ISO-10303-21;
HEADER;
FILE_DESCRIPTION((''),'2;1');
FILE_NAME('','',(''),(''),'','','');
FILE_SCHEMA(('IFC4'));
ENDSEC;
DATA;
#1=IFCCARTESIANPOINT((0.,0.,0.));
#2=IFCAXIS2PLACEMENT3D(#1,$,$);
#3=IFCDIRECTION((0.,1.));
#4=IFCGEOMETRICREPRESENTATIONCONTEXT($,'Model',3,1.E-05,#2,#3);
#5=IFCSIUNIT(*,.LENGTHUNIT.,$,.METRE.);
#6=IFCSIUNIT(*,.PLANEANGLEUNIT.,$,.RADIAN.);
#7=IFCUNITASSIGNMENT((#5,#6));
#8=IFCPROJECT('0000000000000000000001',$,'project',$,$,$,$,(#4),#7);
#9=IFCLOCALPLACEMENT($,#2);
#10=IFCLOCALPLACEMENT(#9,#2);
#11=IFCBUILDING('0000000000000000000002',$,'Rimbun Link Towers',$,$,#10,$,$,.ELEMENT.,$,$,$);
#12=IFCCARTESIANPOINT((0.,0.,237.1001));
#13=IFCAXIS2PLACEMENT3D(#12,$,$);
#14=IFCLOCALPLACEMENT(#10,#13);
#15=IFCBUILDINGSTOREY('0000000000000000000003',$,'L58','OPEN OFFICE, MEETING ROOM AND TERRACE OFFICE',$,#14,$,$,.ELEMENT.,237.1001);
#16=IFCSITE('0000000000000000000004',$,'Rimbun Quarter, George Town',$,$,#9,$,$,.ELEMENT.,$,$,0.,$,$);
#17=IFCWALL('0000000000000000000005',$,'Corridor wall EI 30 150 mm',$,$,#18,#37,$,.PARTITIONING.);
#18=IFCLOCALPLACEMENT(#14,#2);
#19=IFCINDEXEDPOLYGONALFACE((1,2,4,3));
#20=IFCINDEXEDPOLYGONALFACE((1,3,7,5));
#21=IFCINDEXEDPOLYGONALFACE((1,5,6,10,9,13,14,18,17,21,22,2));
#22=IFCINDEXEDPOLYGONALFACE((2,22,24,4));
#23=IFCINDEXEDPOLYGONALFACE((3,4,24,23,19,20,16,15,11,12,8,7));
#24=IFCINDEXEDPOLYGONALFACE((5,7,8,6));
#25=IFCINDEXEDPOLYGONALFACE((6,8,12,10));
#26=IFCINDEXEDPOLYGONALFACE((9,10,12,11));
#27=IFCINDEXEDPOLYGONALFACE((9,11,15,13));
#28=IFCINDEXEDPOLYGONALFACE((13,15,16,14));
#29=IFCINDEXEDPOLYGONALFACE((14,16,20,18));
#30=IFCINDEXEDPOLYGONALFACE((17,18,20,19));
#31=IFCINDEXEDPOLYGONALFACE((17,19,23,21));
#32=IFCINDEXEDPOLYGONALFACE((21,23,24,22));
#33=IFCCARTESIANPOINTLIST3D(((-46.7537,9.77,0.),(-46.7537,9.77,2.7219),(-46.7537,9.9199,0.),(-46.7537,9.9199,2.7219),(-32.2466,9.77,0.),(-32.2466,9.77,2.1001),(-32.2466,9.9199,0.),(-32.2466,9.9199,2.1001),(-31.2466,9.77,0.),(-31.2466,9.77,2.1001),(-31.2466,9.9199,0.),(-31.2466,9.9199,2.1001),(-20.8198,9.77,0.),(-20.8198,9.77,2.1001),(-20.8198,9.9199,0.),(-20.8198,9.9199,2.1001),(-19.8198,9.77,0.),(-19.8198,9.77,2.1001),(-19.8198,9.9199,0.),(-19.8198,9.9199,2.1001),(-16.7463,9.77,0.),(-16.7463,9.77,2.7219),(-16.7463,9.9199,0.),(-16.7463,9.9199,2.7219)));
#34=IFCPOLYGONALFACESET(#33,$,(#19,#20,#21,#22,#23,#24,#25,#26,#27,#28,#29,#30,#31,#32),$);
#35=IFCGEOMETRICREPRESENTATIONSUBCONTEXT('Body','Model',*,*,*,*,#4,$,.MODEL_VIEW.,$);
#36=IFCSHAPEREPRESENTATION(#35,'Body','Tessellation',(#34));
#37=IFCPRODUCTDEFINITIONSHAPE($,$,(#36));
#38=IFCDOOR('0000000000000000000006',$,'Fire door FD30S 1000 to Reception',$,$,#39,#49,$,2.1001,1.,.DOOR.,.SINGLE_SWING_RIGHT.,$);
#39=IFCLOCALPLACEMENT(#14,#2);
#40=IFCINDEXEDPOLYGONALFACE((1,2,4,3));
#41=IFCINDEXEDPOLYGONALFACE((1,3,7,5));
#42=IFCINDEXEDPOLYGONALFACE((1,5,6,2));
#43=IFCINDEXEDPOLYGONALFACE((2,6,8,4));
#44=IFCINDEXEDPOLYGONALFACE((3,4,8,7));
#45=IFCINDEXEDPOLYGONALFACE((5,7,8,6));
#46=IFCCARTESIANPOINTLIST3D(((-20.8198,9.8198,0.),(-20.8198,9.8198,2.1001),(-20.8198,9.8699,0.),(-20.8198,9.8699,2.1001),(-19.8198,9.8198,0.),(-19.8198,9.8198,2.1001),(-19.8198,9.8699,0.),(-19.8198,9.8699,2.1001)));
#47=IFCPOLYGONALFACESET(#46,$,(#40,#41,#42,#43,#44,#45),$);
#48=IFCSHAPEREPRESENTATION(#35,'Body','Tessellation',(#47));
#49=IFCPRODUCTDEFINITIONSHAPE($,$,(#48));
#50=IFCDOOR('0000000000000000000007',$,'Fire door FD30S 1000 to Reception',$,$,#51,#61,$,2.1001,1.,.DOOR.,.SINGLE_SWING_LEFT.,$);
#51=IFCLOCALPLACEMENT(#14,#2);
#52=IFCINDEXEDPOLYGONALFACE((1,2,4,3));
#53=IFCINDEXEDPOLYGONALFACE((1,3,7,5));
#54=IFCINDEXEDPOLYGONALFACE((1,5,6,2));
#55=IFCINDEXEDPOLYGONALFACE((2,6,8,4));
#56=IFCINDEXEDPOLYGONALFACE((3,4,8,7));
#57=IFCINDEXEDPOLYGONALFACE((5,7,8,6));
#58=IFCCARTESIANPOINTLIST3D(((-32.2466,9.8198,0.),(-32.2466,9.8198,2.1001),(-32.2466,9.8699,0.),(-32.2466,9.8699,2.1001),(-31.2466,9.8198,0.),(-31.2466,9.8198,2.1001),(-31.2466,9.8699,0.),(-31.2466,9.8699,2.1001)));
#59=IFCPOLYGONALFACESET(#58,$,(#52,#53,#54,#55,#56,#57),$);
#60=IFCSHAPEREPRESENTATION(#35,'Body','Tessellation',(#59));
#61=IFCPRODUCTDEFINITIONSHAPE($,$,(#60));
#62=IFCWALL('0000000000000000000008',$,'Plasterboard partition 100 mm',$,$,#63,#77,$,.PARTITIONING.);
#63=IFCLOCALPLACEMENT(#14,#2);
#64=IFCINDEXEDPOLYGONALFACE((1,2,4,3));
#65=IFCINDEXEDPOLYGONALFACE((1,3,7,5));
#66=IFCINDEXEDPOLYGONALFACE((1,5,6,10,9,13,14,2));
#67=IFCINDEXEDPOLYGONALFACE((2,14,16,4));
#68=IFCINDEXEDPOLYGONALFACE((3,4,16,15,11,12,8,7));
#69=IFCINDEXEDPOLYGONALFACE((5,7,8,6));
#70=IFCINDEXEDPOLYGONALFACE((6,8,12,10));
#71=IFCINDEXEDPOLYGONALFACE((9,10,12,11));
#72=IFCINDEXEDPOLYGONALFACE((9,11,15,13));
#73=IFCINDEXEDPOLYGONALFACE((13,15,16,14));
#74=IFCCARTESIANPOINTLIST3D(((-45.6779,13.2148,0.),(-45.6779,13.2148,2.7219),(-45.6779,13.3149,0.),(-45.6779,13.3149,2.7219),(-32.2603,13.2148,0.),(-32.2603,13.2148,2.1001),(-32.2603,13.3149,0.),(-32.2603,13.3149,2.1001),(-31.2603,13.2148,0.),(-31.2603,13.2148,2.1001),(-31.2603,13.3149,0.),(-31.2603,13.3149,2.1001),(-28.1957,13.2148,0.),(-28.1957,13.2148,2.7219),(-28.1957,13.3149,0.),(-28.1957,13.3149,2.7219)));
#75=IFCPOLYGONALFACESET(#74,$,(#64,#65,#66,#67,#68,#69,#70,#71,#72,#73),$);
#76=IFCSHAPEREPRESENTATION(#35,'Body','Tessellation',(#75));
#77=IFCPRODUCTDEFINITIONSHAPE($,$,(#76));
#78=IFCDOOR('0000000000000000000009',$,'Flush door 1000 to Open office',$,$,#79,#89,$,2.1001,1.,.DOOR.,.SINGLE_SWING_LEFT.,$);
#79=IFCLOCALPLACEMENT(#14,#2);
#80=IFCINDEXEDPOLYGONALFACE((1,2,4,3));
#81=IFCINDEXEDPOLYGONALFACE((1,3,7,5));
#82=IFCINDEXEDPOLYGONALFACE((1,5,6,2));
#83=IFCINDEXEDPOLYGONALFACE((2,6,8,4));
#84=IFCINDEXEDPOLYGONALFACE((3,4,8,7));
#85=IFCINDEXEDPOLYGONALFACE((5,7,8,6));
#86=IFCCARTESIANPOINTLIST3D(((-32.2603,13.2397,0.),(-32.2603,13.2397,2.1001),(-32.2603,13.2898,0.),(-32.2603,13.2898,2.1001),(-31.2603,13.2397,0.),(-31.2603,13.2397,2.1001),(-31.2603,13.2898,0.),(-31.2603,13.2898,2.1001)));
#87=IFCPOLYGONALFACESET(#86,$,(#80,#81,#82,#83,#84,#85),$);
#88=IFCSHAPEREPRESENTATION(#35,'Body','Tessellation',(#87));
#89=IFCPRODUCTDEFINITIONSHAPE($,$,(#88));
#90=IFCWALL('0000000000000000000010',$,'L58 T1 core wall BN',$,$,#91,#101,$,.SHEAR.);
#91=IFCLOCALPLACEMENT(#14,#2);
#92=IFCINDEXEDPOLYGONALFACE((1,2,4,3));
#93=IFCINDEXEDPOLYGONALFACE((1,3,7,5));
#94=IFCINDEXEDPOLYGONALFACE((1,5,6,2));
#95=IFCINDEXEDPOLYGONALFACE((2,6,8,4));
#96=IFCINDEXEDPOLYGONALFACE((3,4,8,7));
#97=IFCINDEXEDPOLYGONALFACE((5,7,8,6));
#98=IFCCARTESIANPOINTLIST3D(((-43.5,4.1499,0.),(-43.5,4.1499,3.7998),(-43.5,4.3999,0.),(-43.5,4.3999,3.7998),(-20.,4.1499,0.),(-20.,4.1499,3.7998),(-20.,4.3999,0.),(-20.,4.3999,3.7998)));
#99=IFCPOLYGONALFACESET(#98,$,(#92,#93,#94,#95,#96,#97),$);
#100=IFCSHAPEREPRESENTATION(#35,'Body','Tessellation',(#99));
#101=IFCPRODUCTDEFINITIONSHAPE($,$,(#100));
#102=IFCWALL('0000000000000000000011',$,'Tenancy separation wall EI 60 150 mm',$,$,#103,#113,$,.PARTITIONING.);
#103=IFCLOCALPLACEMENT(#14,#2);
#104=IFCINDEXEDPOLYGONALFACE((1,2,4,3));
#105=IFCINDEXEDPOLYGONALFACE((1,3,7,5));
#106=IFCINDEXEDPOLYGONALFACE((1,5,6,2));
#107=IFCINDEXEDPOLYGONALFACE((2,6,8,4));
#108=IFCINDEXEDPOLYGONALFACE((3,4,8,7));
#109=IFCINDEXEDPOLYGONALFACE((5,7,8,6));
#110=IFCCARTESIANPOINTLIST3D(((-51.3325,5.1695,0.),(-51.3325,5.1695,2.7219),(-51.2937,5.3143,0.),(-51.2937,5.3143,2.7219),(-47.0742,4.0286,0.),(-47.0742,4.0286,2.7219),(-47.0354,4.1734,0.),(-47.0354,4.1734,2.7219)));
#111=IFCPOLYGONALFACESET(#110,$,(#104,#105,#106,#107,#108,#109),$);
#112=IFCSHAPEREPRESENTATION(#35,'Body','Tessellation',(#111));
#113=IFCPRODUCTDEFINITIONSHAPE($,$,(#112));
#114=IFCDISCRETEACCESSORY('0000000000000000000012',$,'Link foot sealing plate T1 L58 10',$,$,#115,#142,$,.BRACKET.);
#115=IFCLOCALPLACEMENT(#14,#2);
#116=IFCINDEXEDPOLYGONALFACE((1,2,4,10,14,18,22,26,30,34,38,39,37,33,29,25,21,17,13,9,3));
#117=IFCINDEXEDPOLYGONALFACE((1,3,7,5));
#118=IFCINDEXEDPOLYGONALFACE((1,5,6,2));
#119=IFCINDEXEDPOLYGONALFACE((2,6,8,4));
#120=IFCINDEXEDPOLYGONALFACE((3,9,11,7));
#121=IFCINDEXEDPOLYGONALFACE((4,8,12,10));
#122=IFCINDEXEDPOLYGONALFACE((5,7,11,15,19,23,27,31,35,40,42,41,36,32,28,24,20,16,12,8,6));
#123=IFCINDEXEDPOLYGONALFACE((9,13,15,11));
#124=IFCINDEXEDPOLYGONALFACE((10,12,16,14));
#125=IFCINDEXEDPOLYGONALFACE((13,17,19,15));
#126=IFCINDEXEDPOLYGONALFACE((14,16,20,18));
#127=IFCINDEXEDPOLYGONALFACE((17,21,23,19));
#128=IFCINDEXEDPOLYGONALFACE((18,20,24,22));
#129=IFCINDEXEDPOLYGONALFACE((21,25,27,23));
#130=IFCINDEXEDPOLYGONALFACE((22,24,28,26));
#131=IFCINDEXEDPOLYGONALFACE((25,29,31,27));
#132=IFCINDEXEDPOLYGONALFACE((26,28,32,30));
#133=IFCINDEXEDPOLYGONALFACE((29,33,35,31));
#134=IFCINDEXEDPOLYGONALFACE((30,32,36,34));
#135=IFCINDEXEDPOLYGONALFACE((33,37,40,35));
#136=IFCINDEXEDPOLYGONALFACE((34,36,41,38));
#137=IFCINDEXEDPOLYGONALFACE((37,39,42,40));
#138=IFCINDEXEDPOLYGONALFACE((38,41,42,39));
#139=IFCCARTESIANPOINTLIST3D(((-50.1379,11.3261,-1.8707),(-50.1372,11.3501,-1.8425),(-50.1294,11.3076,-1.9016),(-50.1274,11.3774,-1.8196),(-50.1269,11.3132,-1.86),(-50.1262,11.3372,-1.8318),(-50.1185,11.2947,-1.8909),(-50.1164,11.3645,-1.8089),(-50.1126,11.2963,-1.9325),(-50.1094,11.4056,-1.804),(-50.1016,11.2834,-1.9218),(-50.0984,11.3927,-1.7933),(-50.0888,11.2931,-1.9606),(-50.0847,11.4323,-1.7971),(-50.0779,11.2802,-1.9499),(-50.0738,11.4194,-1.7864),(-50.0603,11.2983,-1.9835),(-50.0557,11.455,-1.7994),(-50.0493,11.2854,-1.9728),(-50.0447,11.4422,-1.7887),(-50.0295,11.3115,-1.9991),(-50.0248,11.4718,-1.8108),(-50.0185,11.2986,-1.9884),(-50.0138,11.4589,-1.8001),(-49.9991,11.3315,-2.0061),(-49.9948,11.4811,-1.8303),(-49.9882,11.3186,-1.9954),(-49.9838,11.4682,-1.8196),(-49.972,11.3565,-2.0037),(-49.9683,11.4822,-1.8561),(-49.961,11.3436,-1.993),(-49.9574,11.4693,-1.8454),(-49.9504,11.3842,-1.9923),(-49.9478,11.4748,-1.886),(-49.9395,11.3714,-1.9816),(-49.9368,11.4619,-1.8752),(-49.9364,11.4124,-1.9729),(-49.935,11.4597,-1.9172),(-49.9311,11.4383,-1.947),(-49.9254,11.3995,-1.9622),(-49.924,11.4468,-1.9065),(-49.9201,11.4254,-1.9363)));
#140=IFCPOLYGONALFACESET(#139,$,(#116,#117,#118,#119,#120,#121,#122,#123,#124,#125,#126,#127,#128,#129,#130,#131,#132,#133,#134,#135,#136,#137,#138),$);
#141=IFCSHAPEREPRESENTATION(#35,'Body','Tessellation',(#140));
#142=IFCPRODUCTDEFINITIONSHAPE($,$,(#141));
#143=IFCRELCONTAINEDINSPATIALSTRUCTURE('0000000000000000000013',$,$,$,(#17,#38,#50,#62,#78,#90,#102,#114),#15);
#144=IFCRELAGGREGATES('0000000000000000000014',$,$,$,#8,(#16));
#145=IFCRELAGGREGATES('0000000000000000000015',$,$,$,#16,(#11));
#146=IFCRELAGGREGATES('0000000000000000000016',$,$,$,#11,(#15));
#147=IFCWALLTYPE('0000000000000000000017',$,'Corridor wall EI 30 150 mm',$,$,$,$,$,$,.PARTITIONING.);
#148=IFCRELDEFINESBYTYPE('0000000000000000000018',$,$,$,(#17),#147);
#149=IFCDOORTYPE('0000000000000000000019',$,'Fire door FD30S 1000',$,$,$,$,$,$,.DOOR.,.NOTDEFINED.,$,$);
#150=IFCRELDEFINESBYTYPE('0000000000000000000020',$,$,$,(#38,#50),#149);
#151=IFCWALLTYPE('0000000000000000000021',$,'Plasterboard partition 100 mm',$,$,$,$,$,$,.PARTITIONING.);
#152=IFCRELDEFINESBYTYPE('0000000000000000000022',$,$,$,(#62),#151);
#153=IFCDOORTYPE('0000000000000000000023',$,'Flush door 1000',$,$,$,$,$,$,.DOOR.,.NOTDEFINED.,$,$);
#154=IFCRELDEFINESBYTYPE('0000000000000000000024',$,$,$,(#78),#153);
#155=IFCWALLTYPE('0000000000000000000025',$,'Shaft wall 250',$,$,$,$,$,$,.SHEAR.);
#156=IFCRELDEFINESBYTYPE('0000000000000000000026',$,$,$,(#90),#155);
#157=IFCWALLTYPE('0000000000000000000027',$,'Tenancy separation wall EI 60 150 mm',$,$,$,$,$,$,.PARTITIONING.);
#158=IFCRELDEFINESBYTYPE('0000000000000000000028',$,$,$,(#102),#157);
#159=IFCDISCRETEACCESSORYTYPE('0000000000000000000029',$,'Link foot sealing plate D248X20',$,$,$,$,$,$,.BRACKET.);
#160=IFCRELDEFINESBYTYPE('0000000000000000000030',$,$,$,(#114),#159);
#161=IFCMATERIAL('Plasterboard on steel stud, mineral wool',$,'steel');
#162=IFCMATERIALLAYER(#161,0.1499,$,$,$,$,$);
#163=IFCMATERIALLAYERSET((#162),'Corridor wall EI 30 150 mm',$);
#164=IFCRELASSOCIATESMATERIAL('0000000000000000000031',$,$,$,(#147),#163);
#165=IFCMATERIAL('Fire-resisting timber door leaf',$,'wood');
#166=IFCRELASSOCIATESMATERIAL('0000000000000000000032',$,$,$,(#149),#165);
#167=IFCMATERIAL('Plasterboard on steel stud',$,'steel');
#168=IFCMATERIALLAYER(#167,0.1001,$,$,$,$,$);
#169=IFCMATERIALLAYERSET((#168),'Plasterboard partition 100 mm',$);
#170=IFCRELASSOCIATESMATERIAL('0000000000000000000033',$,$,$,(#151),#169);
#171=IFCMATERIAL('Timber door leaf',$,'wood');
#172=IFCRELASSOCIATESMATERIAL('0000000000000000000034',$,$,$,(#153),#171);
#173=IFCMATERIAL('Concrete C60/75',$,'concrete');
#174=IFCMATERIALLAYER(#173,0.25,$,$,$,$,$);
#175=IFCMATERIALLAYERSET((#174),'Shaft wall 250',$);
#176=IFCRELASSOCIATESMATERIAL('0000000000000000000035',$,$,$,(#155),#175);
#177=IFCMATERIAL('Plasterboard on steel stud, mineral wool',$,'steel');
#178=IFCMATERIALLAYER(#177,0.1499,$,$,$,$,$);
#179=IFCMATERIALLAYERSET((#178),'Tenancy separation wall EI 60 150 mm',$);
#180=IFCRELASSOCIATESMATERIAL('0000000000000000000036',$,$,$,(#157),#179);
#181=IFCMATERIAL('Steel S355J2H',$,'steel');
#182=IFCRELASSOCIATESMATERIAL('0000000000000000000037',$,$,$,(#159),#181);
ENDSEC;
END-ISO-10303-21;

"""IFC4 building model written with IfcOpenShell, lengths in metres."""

from ifc_helpers import new_model, si_unit, direction, frame, frame_2d, origin, origin_2d, place, context, subcontext, project, spatial, rectangle, circle, extrude, material, layer, layer_set, material_profile, profile_set, type_object, element, fill, save


model = new_model("IFC4")

# Units and contexts
model_context = context("Model", 3, precision=1e-05, world=origin(), true_north=direction((0.0, 1.0)))
body_context = subcontext(model_context, "Body", "Model", "MODEL_VIEW")
ifc_project = project(units=[si_unit("LENGTHUNIT", "METRE"), si_unit("PLANEANGLEUNIT", "RADIAN")], contexts=[model_context])

# Site, building, storey
site_placement = place(None, origin())
site = spatial("IfcSite", under=ifc_project, at=site_placement, Name="Rimbun Quarter, George Town", CompositionType="ELEMENT", RefElevation=0.0)
building_placement = place(site_placement, origin())
building = spatial("IfcBuilding", under=site, at=building_placement, Name="Rimbun Link Towers", CompositionType="ELEMENT")
storey_placement = place(building_placement, frame((0.0, 0.0, 237.1001)))
storey = spatial("IfcBuildingStorey", under=building, at=storey_placement, Name="L58", Description="OPEN OFFICE, MEETING ROOM AND TERRACE OFFICE", CompositionType="ELEMENT", Elevation=237.1001)

# Shared definitions
ifc_material_1 = material(Name="Plasterboard on steel stud, mineral wool", Category="steel")
ifc_layer_1 = layer(ifc_material_1, 0.1499)
ifc_layer_set_1 = layer_set([ifc_layer_1], Name="Corridor wall EI 30 150 mm")
wall_type_1 = type_object("IfcWallType", Name="Corridor wall EI 30 150 mm", PredefinedType="PARTITIONING", material=ifc_layer_set_1)

# Wall, openings, doors
wall_1_placement = place(storey_placement, frame((-46.7537, 9.845, 0.0), z_axis=(0.0, 0.0, 1.0), x_axis=(1.0, 0.0, 0.0)))
wall_1 = element("IfcWall", 1, at=wall_1_placement, inside=storey, type_object=wall_type_1, Name="Corridor wall EI 30 150 mm", PredefinedType="PARTITIONING", context=body_context, shape_type="SweptSolid", body=[
    extrude(rectangle(XDim=30.0073, YDim=0.1499, at=frame_2d((15.0037, 0.0))), origin(), (0.0, 0.0, 1.0), 2.7219),
])
opening_1_placement = place(wall_1_placement, frame((25.9338, 0.0, 0.0)))
opening_1 = element("IfcOpeningElement", 2, at=opening_1_placement, cuts=wall_1, PredefinedType="OPENING", context=body_context, shape_type="SweptSolid", body=[
    extrude(rectangle(XDim=1.0, YDim=2.1001, at=frame_2d((0.5, 1.05))), frame((0.0, 0.085, 0.0), z_axis=(0.0, -1.0, 0.0), x_axis=(1.0, 0.0, 0.0)), (0.0, 0.0, 1.0), 0.1699),
])
opening_2_placement = place(wall_1_placement, frame((14.5071, 0.0, 0.0)))
opening_2 = element("IfcOpeningElement", 3, at=opening_2_placement, cuts=wall_1, PredefinedType="OPENING", context=body_context, shape_type="SweptSolid", body=[
    extrude(rectangle(XDim=1.0, YDim=2.1001, at=frame_2d((0.5, 1.05))), frame((0.0, 0.085, 0.0), z_axis=(0.0, -1.0, 0.0), x_axis=(1.0, 0.0, 0.0)), (0.0, 0.0, 1.0), 0.1699),
])
ifc_material_2 = material(Name="Fire-resisting timber door leaf", Category="wood")
door_type_1 = type_object("IfcDoorType", Name="Fire door FD30S 1000", OperationType="NOTDEFINED", PredefinedType="DOOR", material=ifc_material_2)
door_1_placement = place(opening_1_placement, origin())
door_1 = element("IfcDoor", 4, at=door_1_placement, inside=storey, type_object=door_type_1, Name="Fire door FD30S 1000 to Reception", OperationType="SINGLE_SWING_RIGHT", OverallHeight=2.1001, OverallWidth=1.0, PredefinedType="DOOR", context=body_context, shape_type="SweptSolid", body=[
    extrude(rectangle(XDim=1.0, YDim=2.1001, at=frame_2d((0.5, 1.05))), frame((0.0, 0.0249, 0.0), z_axis=(0.0, -1.0, 0.0), x_axis=(1.0, 0.0, 0.0)), (0.0, 0.0, 1.0), 0.05),
])
fill(opening_1, door_1)
door_2_placement = place(opening_2_placement, origin())
door_2 = element("IfcDoor", 5, at=door_2_placement, inside=storey, type_object=door_type_1, Name="Fire door FD30S 1000 to Reception", OperationType="SINGLE_SWING_LEFT", OverallHeight=2.1001, OverallWidth=1.0, PredefinedType="DOOR", context=body_context, shape_type="SweptSolid", body=[
    extrude(rectangle(XDim=1.0, YDim=2.1001, at=frame_2d((0.5, 1.05))), frame((0.0, 0.0249, 0.0), z_axis=(0.0, -1.0, 0.0), x_axis=(1.0, 0.0, 0.0)), (0.0, 0.0, 1.0), 0.05),
])
fill(opening_2, door_2)

# Wall, opening, door
ifc_material_3 = material(Name="Plasterboard on steel stud", Category="steel")
ifc_layer_2 = layer(ifc_material_3, 0.1001)
ifc_layer_set_2 = layer_set([ifc_layer_2], Name="Plasterboard partition 100 mm")
wall_type_2 = type_object("IfcWallType", Name="Plasterboard partition 100 mm", PredefinedType="PARTITIONING", material=ifc_layer_set_2)
wall_2_placement = place(storey_placement, frame((-45.678, 13.2649, 0.0), z_axis=(0.0, 0.0, 1.0), x_axis=(1.0, 0.0, 0.0)))
wall_2 = element("IfcWall", 6, at=wall_2_placement, inside=storey, type_object=wall_type_2, Name="Plasterboard partition 100 mm", PredefinedType="PARTITIONING", context=body_context, shape_type="SweptSolid", body=[
    extrude(rectangle(XDim=17.4822, YDim=0.1001, at=frame_2d((8.7412, 0.0))), origin(), (0.0, 0.0, 1.0), 2.7219),
])
opening_3_placement = place(wall_2_placement, frame((13.4177, 0.0, 0.0)))
opening_3 = element("IfcOpeningElement", 7, at=opening_3_placement, cuts=wall_2, PredefinedType="OPENING", context=body_context, shape_type="SweptSolid", body=[
    extrude(rectangle(XDim=1.0, YDim=2.1001, at=frame_2d((0.5, 1.05))), frame((0.0, 0.0601, 0.0), z_axis=(0.0, -1.0, 0.0), x_axis=(1.0, 0.0, 0.0)), (0.0, 0.0, 1.0), 0.1201),
])
ifc_material_4 = material(Name="Timber door leaf", Category="wood")
door_type_2 = type_object("IfcDoorType", Name="Flush door 1000", OperationType="NOTDEFINED", PredefinedType="DOOR", material=ifc_material_4)
door_3_placement = place(opening_3_placement, origin())
door_3 = element("IfcDoor", 8, at=door_3_placement, inside=storey, type_object=door_type_2, Name="Flush door 1000 to Open office", OperationType="SINGLE_SWING_LEFT", OverallHeight=2.1001, OverallWidth=1.0, PredefinedType="DOOR", context=body_context, shape_type="SweptSolid", body=[
    extrude(rectangle(XDim=1.0, YDim=2.1001, at=frame_2d((0.5, 1.05))), frame((0.0, 0.0249, 0.0), z_axis=(0.0, -1.0, 0.0), x_axis=(1.0, 0.0, 0.0)), (0.0, 0.0, 1.0), 0.05),
])
fill(opening_3, door_3)

# Walls
ifc_material_5 = material(Name="Concrete C60/75", Category="concrete")
ifc_layer_3 = layer(ifc_material_5, 0.25)
ifc_layer_set_3 = layer_set([ifc_layer_3], Name="Shaft wall 250")
wall_type_3 = type_object("IfcWallType", Name="Shaft wall 250", PredefinedType="SHEAR", material=ifc_layer_set_3)
wall_3_placement = place(storey_placement, frame((-43.5, 4.2749, 0.0), z_axis=(0.0, 0.0, 1.0), x_axis=(1.0, 0.0, 0.0)))
element("IfcWall", 9, at=wall_3_placement, inside=storey, type_object=wall_type_3, Name="L58 T1 core wall BN", PredefinedType="SHEAR", context=body_context, shape_type="SweptSolid", body=[
    extrude(rectangle(XDim=23.5, YDim=0.25, at=frame_2d((11.75, 0.0))), origin(), (0.0, 0.0, 1.0), 3.7998),
])
ifc_material_6 = material(Name="Plasterboard on steel stud, mineral wool", Category="steel")
ifc_layer_4 = layer(ifc_material_6, 0.1499)
ifc_layer_set_4 = layer_set([ifc_layer_4], Name="Tenancy separation wall EI 60 150 mm")
wall_type_4 = type_object("IfcWallType", Name="Tenancy separation wall EI 60 150 mm", PredefinedType="PARTITIONING", material=ifc_layer_set_4)
wall_4_placement = place(storey_placement, frame((-47.0549, 4.1011, 0.0), z_axis=(0.0, 0.0, 1.0), x_axis=(-0.965934, 0.25879, 0.0)))
element("IfcWall", 10, at=wall_4_placement, inside=storey, type_object=wall_type_4, Name="Tenancy separation wall EI 60 150 mm", PredefinedType="PARTITIONING", context=body_context, shape_type="SweptSolid", body=[
    extrude(rectangle(XDim=4.4084, YDim=0.1499, at=frame_2d((2.2041, 0.0))), origin(), (0.0, 0.0, 1.0), 2.7219),
])

# Discrete accessory
ifc_material_7 = material(Name="Steel S355J2H", Category="steel")
ifc_material_profile_1 = material_profile(ifc_material_7, circle(Radius=0.124, at=origin_2d()), Name="PL D248")
ifc_profile_set_1 = profile_set([ifc_material_profile_1], Name="Steel S355J2H")
discrete_accessory_type = type_object("IfcDiscreteAccessoryType", Name="Link foot sealing plate D248X20", PredefinedType="BRACKET", material=ifc_profile_set_1)
discrete_accessory_placement = place(storey_placement, frame((-50.0239, 11.375, -1.8909), z_axis=(-0.546913, 0.644142, -0.534759), x_axis=(-0.762294, -0.647231, 0.0)))
element("IfcDiscreteAccessory", 11, at=discrete_accessory_placement, inside=storey, type_object=discrete_accessory_type, Name="Link foot sealing plate T1 L58 10", PredefinedType="BRACKET", context=body_context, shape_type="SweptSolid", body=[
    extrude(circle(Radius=0.124, at=origin_2d()), origin(), (0.0, 0.0, 1.0), 0.02),
])

save(model, "model.ifc")
